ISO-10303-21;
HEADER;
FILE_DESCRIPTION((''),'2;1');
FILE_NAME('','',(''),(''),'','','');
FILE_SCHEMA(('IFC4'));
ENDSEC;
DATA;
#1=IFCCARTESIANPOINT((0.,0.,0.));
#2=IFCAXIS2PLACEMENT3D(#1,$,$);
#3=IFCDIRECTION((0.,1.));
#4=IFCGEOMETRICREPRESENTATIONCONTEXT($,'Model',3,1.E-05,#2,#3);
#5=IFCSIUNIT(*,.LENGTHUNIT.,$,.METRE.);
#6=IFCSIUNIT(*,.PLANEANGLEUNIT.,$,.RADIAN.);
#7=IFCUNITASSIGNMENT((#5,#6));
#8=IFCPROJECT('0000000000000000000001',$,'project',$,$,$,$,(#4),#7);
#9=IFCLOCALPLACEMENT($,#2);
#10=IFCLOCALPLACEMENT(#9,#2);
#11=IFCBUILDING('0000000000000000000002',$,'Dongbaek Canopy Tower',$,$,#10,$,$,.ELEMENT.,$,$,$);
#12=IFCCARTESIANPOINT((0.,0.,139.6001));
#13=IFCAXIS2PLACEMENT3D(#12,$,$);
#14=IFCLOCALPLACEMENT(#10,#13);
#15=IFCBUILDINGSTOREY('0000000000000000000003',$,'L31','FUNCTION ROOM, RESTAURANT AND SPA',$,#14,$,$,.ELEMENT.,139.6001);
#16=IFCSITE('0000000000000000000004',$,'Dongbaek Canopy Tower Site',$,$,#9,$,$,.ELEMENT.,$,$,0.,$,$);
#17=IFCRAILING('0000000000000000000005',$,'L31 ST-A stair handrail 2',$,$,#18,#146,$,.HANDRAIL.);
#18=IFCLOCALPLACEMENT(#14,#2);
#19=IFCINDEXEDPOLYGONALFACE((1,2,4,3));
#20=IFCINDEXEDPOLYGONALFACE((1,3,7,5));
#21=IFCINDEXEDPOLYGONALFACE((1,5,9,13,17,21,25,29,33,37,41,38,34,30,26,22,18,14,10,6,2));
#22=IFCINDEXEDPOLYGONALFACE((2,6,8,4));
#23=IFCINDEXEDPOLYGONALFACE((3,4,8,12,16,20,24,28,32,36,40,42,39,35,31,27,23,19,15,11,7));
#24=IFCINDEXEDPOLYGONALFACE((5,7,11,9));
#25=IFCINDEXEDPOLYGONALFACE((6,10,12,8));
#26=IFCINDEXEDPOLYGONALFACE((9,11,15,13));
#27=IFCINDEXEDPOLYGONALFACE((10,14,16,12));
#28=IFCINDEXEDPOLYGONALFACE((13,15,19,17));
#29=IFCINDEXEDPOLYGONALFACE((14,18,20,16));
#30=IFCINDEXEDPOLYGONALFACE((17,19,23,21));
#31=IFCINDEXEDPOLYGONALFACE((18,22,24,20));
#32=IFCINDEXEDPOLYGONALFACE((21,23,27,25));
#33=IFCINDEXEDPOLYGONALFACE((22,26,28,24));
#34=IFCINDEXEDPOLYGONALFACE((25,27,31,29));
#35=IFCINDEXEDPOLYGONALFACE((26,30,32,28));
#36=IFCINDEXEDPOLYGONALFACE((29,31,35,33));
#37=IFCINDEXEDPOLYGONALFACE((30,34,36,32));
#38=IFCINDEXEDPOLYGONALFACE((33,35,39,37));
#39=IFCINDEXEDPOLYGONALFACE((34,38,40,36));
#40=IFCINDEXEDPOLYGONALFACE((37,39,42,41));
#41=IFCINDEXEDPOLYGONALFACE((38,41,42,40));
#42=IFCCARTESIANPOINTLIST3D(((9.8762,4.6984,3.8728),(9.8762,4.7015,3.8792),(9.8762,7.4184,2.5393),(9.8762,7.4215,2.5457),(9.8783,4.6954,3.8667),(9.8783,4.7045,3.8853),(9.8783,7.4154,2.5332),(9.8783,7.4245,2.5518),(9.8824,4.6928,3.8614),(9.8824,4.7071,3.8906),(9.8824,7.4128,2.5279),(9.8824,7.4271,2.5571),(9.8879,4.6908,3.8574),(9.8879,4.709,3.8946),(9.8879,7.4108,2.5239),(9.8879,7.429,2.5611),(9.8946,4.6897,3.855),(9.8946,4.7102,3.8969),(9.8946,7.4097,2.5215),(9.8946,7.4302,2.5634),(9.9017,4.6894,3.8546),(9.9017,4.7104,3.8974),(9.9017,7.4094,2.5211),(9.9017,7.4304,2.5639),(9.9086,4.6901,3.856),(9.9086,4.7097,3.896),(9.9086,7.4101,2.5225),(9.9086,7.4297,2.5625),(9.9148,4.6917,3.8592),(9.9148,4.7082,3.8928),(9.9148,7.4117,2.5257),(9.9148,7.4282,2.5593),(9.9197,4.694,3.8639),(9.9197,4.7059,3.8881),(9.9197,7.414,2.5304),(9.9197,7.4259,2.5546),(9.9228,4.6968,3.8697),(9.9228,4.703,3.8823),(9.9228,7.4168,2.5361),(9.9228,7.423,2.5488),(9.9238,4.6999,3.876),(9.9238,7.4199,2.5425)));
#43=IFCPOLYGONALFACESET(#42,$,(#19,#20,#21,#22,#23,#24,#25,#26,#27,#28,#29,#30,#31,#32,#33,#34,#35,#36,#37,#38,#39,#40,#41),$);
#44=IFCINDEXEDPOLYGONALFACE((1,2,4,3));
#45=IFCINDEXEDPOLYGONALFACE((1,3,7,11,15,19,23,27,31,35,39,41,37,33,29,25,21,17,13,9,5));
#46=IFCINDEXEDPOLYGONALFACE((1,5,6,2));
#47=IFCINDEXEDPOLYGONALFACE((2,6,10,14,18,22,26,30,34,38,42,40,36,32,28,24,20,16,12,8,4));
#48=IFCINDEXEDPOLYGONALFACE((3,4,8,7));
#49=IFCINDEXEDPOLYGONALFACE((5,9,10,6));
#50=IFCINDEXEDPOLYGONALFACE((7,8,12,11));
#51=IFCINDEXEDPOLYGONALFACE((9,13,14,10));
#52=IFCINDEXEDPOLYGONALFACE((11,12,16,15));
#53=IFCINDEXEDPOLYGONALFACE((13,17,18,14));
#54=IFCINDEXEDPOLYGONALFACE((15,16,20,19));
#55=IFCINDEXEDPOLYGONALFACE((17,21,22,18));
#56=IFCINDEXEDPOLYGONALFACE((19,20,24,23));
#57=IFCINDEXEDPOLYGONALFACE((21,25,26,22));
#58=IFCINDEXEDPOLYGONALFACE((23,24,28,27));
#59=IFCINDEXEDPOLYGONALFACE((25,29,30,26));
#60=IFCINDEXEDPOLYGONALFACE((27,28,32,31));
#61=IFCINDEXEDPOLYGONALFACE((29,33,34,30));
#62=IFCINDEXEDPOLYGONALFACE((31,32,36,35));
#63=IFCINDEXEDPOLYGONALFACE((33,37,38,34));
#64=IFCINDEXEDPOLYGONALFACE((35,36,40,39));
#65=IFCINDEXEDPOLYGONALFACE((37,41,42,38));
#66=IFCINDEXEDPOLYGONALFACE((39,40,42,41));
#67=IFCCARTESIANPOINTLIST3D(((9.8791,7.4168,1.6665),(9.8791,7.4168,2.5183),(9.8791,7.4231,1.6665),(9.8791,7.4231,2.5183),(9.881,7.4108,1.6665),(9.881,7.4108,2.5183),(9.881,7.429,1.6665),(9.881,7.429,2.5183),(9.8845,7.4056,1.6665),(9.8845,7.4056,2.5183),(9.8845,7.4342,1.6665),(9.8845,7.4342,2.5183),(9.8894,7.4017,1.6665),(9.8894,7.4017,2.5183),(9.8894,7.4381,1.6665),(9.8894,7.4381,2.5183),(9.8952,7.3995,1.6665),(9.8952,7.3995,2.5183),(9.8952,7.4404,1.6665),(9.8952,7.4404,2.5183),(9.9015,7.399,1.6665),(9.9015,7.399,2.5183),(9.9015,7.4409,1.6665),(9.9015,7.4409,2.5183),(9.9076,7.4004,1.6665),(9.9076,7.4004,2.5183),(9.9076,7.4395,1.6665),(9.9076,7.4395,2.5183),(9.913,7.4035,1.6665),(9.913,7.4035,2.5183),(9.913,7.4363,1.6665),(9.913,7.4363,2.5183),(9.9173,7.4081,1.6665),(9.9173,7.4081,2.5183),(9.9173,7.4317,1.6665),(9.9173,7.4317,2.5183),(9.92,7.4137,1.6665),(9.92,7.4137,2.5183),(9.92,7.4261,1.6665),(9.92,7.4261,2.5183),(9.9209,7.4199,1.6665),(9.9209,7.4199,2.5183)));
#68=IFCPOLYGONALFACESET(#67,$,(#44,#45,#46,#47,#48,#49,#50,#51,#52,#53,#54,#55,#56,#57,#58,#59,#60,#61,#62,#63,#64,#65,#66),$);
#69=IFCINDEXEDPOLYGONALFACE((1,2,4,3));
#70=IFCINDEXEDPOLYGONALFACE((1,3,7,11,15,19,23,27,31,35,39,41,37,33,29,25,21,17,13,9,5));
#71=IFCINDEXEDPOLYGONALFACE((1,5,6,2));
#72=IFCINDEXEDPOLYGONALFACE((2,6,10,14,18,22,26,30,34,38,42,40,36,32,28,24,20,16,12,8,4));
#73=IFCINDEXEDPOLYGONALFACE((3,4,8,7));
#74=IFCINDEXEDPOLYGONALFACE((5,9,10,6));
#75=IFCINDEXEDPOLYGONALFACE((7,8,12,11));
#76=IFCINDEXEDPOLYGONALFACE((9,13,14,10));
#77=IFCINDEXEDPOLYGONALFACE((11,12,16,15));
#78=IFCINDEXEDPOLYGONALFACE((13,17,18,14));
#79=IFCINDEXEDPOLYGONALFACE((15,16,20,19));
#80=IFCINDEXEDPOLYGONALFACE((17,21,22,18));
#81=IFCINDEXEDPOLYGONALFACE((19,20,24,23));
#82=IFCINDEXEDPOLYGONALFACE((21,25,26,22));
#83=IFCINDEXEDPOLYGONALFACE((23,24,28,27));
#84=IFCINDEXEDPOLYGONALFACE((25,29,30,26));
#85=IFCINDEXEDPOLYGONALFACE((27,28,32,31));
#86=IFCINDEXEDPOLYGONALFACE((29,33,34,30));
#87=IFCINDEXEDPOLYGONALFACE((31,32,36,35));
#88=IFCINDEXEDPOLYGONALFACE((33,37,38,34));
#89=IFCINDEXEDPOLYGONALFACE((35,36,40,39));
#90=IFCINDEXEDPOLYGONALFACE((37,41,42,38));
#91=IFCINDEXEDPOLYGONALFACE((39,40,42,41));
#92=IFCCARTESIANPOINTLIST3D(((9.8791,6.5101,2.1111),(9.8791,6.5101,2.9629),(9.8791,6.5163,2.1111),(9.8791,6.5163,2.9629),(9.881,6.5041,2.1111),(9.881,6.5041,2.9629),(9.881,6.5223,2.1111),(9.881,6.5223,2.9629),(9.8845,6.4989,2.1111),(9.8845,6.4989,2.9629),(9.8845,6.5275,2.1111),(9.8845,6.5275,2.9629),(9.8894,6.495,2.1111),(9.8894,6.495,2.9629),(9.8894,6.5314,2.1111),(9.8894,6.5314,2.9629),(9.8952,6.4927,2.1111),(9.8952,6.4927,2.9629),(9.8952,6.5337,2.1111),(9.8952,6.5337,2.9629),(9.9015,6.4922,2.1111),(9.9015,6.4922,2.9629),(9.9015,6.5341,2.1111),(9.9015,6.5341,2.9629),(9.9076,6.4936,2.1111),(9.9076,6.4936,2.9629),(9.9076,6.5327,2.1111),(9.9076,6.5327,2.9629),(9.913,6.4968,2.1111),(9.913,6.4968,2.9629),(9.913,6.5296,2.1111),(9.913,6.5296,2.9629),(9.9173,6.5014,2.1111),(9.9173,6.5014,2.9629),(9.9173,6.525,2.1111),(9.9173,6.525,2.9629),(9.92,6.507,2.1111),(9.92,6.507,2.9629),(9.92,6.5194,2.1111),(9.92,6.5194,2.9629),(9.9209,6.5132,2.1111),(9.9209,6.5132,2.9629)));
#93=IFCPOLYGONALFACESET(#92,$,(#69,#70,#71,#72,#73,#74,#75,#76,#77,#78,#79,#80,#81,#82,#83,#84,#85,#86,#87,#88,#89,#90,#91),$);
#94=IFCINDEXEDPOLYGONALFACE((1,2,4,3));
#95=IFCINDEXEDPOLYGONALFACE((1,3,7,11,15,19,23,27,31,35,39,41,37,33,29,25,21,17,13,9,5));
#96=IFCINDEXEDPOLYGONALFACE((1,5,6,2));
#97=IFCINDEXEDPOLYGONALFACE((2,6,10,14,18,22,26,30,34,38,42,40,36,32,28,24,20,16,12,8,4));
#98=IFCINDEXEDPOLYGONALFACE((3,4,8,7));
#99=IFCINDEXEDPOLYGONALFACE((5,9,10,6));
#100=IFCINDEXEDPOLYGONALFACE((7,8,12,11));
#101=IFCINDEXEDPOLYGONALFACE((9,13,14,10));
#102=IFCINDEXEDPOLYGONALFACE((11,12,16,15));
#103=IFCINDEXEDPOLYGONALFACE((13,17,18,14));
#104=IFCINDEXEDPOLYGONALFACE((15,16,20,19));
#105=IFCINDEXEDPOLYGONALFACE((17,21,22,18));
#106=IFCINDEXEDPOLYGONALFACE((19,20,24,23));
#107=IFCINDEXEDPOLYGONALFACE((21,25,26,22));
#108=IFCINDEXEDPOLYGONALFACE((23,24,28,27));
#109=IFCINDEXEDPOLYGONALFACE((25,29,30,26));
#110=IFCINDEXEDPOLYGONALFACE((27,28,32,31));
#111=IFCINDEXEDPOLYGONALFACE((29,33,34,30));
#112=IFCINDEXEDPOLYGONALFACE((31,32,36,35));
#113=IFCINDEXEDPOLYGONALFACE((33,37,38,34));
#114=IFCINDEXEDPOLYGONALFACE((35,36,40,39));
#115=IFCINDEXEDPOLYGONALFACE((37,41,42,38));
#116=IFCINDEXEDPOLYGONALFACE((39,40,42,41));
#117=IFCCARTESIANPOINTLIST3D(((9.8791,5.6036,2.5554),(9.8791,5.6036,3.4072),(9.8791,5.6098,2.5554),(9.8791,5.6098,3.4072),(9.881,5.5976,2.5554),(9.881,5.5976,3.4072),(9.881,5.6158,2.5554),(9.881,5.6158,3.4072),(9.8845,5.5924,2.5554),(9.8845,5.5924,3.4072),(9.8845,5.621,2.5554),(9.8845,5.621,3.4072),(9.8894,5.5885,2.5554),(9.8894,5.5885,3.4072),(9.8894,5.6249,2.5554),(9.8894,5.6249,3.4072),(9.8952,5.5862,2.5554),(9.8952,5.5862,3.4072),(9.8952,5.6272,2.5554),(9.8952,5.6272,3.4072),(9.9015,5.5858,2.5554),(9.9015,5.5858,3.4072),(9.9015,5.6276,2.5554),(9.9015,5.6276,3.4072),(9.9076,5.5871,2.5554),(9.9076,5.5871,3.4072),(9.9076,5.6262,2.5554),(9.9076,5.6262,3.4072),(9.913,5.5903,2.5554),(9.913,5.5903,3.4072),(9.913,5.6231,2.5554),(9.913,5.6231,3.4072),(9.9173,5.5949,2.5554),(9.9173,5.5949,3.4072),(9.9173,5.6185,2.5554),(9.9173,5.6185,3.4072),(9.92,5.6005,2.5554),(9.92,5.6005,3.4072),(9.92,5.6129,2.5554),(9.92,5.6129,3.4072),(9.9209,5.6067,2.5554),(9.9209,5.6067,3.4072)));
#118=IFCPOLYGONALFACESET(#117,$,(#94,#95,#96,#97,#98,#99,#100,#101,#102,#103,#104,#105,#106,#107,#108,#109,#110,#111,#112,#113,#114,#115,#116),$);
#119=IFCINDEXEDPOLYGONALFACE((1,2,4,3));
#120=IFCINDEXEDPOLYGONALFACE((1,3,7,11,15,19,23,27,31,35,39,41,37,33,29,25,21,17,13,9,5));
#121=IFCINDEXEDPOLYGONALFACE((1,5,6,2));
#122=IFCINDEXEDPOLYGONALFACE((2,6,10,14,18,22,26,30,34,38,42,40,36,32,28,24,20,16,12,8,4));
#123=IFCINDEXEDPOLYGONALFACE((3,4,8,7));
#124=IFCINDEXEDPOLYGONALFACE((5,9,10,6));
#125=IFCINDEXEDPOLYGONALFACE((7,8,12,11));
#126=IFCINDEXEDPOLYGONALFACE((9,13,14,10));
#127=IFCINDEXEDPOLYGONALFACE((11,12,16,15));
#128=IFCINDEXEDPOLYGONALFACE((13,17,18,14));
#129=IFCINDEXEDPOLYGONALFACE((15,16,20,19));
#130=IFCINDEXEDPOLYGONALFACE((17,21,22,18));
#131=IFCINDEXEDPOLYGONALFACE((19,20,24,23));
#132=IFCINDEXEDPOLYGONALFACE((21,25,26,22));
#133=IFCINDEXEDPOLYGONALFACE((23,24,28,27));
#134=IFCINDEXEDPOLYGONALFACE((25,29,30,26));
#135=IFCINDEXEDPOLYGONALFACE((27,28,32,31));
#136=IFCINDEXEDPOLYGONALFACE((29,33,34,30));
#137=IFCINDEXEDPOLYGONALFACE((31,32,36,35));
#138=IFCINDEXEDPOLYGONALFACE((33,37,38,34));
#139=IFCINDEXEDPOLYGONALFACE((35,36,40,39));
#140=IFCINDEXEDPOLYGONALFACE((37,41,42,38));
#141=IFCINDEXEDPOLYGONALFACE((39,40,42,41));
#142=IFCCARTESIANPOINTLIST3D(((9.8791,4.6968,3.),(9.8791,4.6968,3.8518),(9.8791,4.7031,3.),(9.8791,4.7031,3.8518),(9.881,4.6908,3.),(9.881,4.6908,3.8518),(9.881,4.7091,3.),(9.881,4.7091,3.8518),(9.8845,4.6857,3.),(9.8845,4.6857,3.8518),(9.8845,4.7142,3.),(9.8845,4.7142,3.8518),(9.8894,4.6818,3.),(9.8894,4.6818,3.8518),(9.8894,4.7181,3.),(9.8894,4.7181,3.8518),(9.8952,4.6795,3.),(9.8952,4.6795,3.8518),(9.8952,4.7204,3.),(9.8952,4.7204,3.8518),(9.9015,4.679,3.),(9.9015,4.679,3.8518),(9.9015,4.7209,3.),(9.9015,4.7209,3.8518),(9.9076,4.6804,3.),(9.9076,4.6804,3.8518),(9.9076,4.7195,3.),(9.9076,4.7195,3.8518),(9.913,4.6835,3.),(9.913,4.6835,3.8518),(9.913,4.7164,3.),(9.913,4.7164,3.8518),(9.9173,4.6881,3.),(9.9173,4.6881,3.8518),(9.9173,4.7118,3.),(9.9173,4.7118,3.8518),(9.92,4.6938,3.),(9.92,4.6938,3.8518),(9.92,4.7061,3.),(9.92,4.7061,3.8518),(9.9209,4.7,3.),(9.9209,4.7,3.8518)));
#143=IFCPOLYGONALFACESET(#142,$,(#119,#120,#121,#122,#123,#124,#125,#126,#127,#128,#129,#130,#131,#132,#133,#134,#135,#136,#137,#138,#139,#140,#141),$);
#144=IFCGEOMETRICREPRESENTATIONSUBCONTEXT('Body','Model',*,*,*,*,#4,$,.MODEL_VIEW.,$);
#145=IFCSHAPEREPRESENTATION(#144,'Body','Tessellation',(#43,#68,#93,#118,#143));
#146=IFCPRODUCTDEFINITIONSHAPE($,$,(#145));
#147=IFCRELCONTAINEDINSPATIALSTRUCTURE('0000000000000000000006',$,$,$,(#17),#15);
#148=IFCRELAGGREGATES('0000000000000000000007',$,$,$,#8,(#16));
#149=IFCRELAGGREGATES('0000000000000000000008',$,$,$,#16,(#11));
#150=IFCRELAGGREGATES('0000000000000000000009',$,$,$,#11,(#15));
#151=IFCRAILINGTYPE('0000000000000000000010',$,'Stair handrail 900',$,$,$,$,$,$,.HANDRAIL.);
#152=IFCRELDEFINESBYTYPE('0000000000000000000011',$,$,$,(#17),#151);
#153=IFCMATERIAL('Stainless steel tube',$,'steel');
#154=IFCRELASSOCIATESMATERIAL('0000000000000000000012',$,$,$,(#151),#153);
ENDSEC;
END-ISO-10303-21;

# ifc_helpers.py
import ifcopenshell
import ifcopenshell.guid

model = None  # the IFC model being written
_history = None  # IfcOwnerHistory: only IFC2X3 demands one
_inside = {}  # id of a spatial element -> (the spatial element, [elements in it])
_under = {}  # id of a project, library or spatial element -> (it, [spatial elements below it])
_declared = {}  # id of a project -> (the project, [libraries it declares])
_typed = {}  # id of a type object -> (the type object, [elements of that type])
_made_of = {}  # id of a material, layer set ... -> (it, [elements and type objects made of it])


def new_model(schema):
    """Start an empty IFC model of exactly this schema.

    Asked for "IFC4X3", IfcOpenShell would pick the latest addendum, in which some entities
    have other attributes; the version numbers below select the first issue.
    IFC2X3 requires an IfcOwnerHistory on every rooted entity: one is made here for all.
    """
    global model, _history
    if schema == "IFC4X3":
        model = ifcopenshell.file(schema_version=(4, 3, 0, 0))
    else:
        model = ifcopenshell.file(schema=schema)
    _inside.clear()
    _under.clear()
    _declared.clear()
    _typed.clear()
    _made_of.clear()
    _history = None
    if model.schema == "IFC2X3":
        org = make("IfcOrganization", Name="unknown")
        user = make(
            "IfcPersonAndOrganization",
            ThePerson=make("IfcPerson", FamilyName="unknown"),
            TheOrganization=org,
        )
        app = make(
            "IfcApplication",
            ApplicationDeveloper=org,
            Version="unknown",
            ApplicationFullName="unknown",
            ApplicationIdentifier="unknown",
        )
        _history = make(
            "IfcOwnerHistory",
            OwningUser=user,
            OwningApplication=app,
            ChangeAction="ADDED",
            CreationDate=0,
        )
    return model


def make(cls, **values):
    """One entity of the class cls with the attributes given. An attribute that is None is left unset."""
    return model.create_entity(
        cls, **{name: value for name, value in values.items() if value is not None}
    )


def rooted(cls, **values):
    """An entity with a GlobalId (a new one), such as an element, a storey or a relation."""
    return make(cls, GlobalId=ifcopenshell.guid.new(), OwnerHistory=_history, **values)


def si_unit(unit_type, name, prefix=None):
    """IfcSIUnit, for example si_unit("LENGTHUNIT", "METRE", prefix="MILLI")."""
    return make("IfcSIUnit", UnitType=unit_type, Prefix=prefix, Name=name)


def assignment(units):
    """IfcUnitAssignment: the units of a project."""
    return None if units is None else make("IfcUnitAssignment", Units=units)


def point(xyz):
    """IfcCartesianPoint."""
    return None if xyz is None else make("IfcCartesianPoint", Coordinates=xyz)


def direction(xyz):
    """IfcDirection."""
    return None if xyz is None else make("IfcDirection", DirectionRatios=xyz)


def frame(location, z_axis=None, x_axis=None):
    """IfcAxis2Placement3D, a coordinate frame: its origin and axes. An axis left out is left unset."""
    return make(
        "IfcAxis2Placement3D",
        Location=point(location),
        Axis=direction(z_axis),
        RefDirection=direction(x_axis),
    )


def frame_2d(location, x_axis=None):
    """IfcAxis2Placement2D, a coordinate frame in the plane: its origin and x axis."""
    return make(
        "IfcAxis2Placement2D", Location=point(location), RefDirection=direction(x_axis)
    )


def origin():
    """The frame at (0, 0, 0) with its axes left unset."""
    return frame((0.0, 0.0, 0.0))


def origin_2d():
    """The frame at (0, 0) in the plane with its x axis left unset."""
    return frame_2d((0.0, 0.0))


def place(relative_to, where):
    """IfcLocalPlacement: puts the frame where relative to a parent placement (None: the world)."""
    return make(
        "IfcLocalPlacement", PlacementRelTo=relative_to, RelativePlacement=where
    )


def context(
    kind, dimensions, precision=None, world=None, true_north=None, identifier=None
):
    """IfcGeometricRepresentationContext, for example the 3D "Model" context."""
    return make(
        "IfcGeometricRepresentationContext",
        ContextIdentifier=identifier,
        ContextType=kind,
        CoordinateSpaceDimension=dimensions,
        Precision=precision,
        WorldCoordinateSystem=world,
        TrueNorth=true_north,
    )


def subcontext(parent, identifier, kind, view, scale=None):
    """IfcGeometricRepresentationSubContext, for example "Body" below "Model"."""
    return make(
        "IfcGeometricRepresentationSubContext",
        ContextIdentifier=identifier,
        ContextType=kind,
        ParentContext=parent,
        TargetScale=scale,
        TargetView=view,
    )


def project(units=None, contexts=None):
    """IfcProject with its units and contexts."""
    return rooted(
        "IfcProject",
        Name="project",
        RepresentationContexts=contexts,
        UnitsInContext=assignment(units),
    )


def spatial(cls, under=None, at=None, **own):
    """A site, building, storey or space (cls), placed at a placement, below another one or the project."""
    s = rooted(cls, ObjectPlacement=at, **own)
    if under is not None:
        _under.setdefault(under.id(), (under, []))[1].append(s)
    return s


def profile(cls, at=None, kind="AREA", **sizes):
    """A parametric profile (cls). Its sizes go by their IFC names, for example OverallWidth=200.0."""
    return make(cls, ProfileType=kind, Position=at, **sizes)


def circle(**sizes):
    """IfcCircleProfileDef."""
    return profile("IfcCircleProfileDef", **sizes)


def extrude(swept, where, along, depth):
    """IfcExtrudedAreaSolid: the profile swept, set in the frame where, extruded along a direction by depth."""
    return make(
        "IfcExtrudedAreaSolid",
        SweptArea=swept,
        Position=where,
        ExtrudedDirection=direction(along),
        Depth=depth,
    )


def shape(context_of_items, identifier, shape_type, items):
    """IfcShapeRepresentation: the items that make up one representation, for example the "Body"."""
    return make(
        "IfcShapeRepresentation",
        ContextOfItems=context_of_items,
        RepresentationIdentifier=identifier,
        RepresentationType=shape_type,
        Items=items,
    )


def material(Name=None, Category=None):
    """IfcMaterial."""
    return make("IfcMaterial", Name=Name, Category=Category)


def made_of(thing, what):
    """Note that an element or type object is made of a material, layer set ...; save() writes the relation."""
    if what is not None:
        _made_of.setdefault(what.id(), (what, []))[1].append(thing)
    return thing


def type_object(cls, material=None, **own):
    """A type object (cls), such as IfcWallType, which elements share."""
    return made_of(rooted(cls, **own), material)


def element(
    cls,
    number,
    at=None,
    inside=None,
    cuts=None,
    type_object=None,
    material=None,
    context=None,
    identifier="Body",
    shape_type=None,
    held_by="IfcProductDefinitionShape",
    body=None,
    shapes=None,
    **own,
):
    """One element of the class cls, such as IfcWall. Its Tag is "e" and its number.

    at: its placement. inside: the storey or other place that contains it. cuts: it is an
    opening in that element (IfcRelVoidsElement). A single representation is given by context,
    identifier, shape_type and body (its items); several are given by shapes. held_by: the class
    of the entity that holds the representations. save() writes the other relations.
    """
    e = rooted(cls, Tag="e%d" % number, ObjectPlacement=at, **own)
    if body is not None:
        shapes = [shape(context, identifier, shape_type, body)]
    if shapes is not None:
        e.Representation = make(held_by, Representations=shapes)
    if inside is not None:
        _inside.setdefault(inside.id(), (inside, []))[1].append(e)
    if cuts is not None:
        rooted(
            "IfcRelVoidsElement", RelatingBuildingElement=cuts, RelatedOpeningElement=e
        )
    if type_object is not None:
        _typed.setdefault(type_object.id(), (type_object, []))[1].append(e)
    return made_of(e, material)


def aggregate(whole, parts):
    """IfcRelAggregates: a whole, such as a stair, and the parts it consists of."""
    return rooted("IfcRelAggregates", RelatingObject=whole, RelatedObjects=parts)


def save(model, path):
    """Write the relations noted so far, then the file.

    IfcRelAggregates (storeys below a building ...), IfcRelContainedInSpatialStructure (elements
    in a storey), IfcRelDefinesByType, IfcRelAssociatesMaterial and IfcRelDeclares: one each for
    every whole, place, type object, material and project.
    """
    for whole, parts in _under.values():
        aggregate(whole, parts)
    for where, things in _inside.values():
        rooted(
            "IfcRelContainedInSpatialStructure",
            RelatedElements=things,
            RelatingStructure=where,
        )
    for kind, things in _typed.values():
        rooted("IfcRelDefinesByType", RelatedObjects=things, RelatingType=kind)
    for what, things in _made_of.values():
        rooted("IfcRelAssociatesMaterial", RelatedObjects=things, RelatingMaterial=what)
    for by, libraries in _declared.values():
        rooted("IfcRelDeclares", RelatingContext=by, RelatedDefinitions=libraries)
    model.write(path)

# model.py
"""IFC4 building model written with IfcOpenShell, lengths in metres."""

from ifc_helpers import new_model, si_unit, direction, frame, origin, origin_2d, place, context, subcontext, project, spatial, circle, extrude, material, type_object, element, save


model = new_model("IFC4")

# Units and contexts
model_context = context("Model", 3, precision=1e-05, world=origin(), true_north=direction((0.0, 1.0)))
body_context = subcontext(model_context, "Body", "Model", "MODEL_VIEW")
ifc_project = project(units=[si_unit("LENGTHUNIT", "METRE"), si_unit("PLANEANGLEUNIT", "RADIAN")], contexts=[model_context])

# Site, building, storey
site_placement = place(None, origin())
site = spatial("IfcSite", under=ifc_project, at=site_placement, Name="Dongbaek Canopy Tower Site", CompositionType="ELEMENT", RefElevation=0.0)
building_placement = place(site_placement, origin())
building = spatial("IfcBuilding", under=site, at=building_placement, Name="Dongbaek Canopy Tower", CompositionType="ELEMENT")
storey_placement = place(building_placement, frame((0.0, 0.0, 139.6001)))
storey = spatial("IfcBuildingStorey", under=building, at=storey_placement, Name="L31", Description="FUNCTION ROOM, RESTAURANT AND SPA", CompositionType="ELEMENT", Elevation=139.6001)

# Railing
ifc_material_1 = material(Name="Stainless steel tube", Category="steel")
railing_type_1 = type_object("IfcRailingType", Name="Stair handrail 900", PredefinedType="HANDRAIL", material=ifc_material_1)
for number, where, name in (
    (1, (9.8999, 7.4199, 1.6665), "L31 ST-A stair handrail 2"),
):
    element("IfcRailing", number, at=place(storey_placement, frame(where)), inside=storey, type_object=railing_type_1, Name=name, PredefinedType="HANDRAIL", context=body_context, shape_type="SweptSolid", body=[
        extrude(circle(Radius=0.0239, at=origin_2d()), frame((0.0, 0.0, 0.876), z_axis=(0.0, -0.897898, 0.440204), x_axis=(1.0, 0.0, 0.0)), (0.0, 0.0, 1.0), 3.0293),
        extrude(circle(Radius=0.021, at=origin_2d()), origin(), (0.0, 0.0, 1.0), 0.8518),
        extrude(circle(Radius=0.021, at=origin_2d()), frame((0.0, -0.9067, 0.4446)), (0.0, 0.0, 1.0), 0.8518),
        extrude(circle(Radius=0.021, at=origin_2d()), frame((0.0, -1.8132, 0.8889)), (0.0, 0.0, 1.0), 0.8518),
        extrude(circle(Radius=0.021, at=origin_2d()), frame((0.0, -2.72, 1.3335)), (0.0, 0.0, 1.0), 0.8518),
    ])

save(model, "model.ifc")
